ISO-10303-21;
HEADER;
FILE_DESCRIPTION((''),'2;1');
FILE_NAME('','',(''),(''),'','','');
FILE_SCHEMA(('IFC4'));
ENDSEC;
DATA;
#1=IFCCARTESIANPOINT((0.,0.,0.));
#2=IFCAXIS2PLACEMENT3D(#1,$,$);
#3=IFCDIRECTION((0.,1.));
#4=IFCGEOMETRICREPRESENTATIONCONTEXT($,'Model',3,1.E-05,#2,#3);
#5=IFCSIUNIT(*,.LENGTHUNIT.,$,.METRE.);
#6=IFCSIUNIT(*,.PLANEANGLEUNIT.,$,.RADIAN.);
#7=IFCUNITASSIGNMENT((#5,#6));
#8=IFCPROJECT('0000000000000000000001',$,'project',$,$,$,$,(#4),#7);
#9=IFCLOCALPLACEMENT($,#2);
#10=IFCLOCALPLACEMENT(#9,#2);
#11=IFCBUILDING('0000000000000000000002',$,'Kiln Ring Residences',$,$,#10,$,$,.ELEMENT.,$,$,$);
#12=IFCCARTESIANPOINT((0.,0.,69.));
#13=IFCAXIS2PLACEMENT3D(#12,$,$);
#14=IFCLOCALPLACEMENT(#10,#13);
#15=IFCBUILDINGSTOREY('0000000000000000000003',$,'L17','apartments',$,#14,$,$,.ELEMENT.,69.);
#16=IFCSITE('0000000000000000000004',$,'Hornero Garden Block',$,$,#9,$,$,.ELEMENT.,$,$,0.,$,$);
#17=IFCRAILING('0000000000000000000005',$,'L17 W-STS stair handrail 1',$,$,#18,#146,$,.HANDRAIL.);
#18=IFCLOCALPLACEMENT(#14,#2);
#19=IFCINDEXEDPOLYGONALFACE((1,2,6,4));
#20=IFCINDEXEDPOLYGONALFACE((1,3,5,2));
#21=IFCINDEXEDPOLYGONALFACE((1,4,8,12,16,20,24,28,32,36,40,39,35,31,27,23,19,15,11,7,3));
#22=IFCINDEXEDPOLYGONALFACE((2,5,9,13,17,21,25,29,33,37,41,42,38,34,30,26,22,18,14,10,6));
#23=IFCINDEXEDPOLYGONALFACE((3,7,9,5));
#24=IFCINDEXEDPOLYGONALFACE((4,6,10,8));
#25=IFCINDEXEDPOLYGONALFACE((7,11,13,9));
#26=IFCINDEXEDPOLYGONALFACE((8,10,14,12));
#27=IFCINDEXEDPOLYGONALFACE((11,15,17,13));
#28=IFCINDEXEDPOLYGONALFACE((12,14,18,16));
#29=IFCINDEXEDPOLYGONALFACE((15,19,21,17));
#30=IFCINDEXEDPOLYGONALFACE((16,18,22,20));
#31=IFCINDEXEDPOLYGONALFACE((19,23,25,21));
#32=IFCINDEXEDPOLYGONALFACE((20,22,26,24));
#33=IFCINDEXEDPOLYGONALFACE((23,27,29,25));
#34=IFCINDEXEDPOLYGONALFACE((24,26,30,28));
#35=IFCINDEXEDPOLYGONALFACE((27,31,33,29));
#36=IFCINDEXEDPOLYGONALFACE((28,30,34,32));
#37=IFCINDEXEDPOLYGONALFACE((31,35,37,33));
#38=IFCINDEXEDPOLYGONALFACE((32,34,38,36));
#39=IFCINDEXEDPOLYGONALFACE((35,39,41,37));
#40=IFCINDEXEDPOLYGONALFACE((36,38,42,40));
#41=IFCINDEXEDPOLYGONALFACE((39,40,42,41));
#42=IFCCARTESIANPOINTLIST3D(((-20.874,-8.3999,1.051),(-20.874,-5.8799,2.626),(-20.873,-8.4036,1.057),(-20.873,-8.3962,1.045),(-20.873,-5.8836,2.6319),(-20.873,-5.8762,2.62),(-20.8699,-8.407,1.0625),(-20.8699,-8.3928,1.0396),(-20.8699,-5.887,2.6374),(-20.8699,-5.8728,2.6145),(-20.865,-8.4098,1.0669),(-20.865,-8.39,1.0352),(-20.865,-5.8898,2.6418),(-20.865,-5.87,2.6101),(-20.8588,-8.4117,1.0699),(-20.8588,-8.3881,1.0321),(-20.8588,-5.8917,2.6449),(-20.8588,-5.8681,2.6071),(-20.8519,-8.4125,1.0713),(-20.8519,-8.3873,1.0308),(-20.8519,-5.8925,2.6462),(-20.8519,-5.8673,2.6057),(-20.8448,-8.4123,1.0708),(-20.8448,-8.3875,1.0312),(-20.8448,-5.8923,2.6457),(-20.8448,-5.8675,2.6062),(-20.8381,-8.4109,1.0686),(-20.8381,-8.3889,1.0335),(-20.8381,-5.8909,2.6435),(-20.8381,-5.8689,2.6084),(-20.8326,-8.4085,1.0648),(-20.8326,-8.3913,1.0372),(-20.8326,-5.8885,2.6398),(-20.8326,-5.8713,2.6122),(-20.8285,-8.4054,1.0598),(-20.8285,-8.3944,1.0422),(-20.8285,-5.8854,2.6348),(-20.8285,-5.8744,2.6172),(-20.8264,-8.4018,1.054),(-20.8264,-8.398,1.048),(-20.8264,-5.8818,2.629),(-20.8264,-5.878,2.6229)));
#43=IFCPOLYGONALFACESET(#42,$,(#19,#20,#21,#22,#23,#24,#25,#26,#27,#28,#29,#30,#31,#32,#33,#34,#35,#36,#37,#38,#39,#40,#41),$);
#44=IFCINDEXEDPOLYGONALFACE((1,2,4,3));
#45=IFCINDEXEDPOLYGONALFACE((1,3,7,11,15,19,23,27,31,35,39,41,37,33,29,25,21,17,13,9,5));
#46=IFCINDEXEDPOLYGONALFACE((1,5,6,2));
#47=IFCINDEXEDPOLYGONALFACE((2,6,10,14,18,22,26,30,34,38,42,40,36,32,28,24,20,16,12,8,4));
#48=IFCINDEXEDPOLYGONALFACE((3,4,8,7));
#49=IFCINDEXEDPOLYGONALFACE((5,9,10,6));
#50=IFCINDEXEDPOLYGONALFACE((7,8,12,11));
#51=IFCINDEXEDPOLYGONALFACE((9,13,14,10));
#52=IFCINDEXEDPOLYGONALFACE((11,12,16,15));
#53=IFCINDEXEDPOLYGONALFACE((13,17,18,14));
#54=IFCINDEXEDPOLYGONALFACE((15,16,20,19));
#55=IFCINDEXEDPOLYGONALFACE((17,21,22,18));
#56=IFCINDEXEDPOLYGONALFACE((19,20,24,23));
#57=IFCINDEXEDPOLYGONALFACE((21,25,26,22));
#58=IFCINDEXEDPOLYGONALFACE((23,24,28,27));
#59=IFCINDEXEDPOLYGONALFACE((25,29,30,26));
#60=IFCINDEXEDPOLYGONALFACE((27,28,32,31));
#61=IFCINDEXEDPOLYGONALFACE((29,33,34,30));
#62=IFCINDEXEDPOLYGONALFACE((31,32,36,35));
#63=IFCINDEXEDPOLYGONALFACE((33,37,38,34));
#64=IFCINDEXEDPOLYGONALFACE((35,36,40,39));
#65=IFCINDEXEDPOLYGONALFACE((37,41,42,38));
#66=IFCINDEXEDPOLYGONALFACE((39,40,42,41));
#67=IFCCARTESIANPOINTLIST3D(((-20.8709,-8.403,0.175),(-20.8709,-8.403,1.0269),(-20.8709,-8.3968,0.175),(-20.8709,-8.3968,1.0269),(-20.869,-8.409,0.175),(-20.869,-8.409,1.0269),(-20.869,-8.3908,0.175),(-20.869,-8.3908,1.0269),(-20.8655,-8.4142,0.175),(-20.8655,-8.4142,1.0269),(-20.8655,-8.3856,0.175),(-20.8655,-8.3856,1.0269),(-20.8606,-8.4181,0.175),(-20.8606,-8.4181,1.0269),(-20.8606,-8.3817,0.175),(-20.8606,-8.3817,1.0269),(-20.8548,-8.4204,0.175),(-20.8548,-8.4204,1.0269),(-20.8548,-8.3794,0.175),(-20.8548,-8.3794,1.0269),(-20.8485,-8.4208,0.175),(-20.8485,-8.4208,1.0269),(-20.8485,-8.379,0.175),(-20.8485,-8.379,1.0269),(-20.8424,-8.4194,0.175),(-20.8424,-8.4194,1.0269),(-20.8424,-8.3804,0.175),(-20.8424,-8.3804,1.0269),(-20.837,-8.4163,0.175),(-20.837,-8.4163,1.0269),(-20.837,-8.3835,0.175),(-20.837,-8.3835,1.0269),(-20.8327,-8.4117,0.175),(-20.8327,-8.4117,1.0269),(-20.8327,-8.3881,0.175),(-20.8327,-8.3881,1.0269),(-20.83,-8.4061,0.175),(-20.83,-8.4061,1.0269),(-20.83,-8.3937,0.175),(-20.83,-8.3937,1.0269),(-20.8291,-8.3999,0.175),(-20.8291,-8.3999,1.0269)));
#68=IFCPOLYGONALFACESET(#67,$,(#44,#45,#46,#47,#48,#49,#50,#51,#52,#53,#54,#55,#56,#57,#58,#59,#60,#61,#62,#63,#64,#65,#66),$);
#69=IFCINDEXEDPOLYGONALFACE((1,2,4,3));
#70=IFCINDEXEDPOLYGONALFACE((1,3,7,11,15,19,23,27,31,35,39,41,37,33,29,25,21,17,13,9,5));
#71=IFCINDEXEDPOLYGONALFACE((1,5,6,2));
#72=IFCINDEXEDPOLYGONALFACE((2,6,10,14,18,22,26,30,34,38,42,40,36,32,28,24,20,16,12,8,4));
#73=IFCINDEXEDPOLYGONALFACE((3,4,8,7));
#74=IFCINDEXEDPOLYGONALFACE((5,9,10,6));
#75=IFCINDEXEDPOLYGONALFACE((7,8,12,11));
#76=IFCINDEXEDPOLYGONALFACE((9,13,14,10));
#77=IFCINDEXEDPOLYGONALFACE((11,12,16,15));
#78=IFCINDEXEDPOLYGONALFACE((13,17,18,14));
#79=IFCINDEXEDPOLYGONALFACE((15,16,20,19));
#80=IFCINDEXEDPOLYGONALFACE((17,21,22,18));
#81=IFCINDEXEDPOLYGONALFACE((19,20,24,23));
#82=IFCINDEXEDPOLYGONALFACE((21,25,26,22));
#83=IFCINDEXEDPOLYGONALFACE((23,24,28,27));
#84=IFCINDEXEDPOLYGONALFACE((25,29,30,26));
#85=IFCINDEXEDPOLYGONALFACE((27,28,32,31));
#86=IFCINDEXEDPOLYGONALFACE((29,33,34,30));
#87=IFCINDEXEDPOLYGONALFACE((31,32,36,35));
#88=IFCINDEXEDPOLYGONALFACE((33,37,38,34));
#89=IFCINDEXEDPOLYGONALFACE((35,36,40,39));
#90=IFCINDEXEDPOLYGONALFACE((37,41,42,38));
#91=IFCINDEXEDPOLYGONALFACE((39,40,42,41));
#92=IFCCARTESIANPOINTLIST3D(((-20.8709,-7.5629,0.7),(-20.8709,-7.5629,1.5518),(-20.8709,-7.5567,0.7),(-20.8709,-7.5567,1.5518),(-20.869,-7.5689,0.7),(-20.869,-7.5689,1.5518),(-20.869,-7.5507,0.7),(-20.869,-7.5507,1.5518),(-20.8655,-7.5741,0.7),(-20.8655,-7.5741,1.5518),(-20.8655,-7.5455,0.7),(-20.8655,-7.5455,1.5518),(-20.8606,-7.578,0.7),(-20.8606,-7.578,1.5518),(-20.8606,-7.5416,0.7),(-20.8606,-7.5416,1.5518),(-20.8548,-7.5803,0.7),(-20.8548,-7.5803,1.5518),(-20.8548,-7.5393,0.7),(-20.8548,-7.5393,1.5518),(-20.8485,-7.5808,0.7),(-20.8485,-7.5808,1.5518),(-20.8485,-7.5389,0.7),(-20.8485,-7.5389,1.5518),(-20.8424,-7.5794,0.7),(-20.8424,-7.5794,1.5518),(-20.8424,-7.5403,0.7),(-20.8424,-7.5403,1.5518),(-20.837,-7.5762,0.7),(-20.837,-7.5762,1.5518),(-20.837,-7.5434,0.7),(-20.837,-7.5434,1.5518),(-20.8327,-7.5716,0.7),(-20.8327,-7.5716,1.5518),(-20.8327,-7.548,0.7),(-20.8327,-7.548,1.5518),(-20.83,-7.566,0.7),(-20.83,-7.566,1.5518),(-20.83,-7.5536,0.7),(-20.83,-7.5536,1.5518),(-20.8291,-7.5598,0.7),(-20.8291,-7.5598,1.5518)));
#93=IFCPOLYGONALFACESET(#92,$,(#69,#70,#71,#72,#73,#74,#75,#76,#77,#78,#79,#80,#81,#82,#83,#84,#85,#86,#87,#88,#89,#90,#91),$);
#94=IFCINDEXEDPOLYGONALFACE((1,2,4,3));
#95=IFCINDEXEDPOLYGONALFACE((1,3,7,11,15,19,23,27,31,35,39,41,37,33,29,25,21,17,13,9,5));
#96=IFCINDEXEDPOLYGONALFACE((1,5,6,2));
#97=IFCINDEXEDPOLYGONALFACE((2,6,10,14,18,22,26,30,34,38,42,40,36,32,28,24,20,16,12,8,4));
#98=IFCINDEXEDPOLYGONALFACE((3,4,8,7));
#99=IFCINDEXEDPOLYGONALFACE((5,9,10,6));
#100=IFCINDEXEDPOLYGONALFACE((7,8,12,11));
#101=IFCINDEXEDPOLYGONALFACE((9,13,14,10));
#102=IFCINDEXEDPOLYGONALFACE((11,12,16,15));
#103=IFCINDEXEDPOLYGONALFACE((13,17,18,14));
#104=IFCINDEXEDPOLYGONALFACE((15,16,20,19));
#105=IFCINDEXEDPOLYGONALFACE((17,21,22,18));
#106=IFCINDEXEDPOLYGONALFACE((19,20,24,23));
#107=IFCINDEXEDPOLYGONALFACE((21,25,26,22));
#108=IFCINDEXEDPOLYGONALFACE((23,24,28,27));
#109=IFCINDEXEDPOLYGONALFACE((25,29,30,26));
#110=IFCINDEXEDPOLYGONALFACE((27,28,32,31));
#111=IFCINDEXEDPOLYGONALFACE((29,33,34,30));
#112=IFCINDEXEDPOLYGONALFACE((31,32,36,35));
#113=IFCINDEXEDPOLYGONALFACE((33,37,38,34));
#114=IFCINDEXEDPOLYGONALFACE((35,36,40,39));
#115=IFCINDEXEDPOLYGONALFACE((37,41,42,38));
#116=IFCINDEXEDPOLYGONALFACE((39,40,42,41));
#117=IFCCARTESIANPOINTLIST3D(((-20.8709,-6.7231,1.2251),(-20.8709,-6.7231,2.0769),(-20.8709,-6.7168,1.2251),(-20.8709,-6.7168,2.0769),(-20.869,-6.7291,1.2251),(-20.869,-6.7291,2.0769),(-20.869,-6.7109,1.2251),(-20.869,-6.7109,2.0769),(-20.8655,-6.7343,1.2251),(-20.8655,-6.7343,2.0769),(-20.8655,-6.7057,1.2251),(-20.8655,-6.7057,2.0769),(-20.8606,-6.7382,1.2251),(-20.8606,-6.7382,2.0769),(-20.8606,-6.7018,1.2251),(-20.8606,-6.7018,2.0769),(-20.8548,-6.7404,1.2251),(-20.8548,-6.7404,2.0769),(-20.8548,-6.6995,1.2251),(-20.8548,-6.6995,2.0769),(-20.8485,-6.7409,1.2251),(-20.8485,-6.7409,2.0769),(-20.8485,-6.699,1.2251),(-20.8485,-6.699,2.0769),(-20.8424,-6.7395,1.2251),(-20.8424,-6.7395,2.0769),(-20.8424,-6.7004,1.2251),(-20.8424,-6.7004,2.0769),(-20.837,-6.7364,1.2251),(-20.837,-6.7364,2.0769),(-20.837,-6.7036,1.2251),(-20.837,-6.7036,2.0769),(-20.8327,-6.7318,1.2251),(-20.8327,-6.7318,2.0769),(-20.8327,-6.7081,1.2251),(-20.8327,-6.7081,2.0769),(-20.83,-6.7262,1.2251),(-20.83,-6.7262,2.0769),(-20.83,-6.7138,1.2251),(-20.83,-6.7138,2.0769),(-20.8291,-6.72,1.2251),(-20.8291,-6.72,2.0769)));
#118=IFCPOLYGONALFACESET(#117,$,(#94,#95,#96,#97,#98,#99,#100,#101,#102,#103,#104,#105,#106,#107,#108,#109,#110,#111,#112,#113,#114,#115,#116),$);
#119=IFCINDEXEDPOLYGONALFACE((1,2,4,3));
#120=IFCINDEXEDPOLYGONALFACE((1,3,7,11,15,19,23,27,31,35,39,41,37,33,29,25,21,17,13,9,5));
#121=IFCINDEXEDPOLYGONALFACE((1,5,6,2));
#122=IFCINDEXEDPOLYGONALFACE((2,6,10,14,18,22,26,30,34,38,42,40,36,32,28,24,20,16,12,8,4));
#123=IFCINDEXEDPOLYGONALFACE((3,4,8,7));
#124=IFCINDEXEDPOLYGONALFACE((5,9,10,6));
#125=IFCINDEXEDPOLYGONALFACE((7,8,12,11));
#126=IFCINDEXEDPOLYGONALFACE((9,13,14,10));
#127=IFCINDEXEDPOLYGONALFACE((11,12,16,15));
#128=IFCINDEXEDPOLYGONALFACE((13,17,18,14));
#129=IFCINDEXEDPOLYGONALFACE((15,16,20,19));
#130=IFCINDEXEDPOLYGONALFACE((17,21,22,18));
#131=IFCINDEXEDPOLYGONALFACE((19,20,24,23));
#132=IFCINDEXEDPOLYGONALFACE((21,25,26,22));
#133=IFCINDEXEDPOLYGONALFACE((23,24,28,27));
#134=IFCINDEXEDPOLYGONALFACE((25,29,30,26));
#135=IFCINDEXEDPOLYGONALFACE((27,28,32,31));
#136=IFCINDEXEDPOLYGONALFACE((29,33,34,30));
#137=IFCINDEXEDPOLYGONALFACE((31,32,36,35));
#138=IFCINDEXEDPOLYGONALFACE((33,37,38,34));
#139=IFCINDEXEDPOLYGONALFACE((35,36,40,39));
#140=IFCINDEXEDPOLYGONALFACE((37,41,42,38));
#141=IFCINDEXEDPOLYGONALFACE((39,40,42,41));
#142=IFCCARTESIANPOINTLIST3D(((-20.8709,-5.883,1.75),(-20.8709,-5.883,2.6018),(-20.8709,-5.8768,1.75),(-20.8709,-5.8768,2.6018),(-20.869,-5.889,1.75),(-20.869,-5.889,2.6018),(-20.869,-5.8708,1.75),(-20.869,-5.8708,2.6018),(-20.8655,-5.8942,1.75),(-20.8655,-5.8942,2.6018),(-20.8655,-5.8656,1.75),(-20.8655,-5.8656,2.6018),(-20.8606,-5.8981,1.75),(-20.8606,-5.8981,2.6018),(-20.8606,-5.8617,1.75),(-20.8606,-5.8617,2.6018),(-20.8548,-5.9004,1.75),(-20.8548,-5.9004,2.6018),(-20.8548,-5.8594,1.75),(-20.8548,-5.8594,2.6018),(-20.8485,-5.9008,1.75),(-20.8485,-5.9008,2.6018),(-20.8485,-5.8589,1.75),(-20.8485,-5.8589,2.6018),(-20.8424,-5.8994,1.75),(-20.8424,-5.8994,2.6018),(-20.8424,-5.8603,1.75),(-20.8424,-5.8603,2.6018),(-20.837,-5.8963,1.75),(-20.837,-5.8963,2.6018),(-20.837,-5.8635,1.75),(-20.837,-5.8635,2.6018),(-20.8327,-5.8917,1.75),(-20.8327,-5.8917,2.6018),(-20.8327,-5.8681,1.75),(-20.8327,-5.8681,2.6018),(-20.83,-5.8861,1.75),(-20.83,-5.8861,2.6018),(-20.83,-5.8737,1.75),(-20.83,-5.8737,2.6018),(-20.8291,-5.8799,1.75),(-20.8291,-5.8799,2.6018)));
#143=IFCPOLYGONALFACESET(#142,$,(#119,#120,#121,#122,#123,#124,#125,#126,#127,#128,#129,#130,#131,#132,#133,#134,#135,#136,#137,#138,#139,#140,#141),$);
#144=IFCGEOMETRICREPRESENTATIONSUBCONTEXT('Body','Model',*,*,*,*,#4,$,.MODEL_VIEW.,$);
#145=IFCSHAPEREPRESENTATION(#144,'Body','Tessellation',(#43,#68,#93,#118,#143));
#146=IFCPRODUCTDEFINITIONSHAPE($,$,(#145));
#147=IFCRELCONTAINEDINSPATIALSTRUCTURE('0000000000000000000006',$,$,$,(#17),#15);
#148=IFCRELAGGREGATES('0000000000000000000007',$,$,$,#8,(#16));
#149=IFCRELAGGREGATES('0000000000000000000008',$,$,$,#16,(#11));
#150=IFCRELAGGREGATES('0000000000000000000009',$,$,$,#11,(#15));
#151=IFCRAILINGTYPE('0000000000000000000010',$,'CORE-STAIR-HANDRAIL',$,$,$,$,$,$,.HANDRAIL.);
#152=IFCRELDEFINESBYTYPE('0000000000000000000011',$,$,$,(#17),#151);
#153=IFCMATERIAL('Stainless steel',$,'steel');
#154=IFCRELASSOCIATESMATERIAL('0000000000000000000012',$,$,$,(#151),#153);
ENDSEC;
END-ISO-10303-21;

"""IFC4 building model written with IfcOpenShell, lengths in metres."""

from ifc_helpers import new_model, si_unit, direction, frame, origin, origin_2d, place, context, subcontext, project, spatial, circle, extrude, material, type_object, element, save


model = new_model("IFC4")

# Units and contexts
model_context = context("Model", 3, precision=1e-05, world=origin(), true_north=direction((0.0, 1.0)))
body_context = subcontext(model_context, "Body", "Model", "MODEL_VIEW")
ifc_project = project(units=[si_unit("LENGTHUNIT", "METRE"), si_unit("PLANEANGLEUNIT", "RADIAN")], contexts=[model_context])

# Site, building, storey
site_placement = place(None, origin())
site = spatial("IfcSite", under=ifc_project, at=site_placement, Name="Hornero Garden Block", CompositionType="ELEMENT", RefElevation=0.0)
building_placement = place(site_placement, origin())
building = spatial("IfcBuilding", under=site, at=building_placement, Name="Kiln Ring Residences", CompositionType="ELEMENT")
storey_placement = place(building_placement, frame((0.0, 0.0, 69.0)))
storey = spatial("IfcBuildingStorey", under=building, at=storey_placement, Name="L17", Description="apartments", CompositionType="ELEMENT", Elevation=69.0)

# Railing
ifc_material_1 = material(Name="Stainless steel", Category="steel")
railing_type_1 = type_object("IfcRailingType", Name="CORE-STAIR-HANDRAIL", PredefinedType="HANDRAIL", material=ifc_material_1)
railing_1_placement = place(storey_placement, frame((-20.8501, -8.3999, 0.175)))
element("IfcRailing", 1, at=railing_1_placement, inside=storey, type_object=railing_type_1, Name="L17 W-STS stair handrail 1", PredefinedType="HANDRAIL", context=body_context, shape_type="SweptSolid", body=[
    extrude(circle(Radius=0.0239, at=origin_2d()), frame((0.0, 0.0, 0.876), z_axis=(0.0, 0.848008, 0.529984), x_axis=(-1.0, 0.0, 0.0)), (0.0, 0.0, 1.0), 2.9717),
    extrude(circle(Radius=0.021, at=origin_2d()), origin(), (0.0, 0.0, 1.0), 0.8518),
    extrude(circle(Radius=0.021, at=origin_2d()), frame((0.0, 0.8401, 0.5249)), (0.0, 0.0, 1.0), 0.8518),
    extrude(circle(Radius=0.021, at=origin_2d()), frame((0.0, 1.6799, 1.05)), (0.0, 0.0, 1.0), 0.8518),
    extrude(circle(Radius=0.021, at=origin_2d()), frame((0.0, 2.52, 1.575)), (0.0, 0.0, 1.0), 0.8518),
])

save(model, "model.ifc")
